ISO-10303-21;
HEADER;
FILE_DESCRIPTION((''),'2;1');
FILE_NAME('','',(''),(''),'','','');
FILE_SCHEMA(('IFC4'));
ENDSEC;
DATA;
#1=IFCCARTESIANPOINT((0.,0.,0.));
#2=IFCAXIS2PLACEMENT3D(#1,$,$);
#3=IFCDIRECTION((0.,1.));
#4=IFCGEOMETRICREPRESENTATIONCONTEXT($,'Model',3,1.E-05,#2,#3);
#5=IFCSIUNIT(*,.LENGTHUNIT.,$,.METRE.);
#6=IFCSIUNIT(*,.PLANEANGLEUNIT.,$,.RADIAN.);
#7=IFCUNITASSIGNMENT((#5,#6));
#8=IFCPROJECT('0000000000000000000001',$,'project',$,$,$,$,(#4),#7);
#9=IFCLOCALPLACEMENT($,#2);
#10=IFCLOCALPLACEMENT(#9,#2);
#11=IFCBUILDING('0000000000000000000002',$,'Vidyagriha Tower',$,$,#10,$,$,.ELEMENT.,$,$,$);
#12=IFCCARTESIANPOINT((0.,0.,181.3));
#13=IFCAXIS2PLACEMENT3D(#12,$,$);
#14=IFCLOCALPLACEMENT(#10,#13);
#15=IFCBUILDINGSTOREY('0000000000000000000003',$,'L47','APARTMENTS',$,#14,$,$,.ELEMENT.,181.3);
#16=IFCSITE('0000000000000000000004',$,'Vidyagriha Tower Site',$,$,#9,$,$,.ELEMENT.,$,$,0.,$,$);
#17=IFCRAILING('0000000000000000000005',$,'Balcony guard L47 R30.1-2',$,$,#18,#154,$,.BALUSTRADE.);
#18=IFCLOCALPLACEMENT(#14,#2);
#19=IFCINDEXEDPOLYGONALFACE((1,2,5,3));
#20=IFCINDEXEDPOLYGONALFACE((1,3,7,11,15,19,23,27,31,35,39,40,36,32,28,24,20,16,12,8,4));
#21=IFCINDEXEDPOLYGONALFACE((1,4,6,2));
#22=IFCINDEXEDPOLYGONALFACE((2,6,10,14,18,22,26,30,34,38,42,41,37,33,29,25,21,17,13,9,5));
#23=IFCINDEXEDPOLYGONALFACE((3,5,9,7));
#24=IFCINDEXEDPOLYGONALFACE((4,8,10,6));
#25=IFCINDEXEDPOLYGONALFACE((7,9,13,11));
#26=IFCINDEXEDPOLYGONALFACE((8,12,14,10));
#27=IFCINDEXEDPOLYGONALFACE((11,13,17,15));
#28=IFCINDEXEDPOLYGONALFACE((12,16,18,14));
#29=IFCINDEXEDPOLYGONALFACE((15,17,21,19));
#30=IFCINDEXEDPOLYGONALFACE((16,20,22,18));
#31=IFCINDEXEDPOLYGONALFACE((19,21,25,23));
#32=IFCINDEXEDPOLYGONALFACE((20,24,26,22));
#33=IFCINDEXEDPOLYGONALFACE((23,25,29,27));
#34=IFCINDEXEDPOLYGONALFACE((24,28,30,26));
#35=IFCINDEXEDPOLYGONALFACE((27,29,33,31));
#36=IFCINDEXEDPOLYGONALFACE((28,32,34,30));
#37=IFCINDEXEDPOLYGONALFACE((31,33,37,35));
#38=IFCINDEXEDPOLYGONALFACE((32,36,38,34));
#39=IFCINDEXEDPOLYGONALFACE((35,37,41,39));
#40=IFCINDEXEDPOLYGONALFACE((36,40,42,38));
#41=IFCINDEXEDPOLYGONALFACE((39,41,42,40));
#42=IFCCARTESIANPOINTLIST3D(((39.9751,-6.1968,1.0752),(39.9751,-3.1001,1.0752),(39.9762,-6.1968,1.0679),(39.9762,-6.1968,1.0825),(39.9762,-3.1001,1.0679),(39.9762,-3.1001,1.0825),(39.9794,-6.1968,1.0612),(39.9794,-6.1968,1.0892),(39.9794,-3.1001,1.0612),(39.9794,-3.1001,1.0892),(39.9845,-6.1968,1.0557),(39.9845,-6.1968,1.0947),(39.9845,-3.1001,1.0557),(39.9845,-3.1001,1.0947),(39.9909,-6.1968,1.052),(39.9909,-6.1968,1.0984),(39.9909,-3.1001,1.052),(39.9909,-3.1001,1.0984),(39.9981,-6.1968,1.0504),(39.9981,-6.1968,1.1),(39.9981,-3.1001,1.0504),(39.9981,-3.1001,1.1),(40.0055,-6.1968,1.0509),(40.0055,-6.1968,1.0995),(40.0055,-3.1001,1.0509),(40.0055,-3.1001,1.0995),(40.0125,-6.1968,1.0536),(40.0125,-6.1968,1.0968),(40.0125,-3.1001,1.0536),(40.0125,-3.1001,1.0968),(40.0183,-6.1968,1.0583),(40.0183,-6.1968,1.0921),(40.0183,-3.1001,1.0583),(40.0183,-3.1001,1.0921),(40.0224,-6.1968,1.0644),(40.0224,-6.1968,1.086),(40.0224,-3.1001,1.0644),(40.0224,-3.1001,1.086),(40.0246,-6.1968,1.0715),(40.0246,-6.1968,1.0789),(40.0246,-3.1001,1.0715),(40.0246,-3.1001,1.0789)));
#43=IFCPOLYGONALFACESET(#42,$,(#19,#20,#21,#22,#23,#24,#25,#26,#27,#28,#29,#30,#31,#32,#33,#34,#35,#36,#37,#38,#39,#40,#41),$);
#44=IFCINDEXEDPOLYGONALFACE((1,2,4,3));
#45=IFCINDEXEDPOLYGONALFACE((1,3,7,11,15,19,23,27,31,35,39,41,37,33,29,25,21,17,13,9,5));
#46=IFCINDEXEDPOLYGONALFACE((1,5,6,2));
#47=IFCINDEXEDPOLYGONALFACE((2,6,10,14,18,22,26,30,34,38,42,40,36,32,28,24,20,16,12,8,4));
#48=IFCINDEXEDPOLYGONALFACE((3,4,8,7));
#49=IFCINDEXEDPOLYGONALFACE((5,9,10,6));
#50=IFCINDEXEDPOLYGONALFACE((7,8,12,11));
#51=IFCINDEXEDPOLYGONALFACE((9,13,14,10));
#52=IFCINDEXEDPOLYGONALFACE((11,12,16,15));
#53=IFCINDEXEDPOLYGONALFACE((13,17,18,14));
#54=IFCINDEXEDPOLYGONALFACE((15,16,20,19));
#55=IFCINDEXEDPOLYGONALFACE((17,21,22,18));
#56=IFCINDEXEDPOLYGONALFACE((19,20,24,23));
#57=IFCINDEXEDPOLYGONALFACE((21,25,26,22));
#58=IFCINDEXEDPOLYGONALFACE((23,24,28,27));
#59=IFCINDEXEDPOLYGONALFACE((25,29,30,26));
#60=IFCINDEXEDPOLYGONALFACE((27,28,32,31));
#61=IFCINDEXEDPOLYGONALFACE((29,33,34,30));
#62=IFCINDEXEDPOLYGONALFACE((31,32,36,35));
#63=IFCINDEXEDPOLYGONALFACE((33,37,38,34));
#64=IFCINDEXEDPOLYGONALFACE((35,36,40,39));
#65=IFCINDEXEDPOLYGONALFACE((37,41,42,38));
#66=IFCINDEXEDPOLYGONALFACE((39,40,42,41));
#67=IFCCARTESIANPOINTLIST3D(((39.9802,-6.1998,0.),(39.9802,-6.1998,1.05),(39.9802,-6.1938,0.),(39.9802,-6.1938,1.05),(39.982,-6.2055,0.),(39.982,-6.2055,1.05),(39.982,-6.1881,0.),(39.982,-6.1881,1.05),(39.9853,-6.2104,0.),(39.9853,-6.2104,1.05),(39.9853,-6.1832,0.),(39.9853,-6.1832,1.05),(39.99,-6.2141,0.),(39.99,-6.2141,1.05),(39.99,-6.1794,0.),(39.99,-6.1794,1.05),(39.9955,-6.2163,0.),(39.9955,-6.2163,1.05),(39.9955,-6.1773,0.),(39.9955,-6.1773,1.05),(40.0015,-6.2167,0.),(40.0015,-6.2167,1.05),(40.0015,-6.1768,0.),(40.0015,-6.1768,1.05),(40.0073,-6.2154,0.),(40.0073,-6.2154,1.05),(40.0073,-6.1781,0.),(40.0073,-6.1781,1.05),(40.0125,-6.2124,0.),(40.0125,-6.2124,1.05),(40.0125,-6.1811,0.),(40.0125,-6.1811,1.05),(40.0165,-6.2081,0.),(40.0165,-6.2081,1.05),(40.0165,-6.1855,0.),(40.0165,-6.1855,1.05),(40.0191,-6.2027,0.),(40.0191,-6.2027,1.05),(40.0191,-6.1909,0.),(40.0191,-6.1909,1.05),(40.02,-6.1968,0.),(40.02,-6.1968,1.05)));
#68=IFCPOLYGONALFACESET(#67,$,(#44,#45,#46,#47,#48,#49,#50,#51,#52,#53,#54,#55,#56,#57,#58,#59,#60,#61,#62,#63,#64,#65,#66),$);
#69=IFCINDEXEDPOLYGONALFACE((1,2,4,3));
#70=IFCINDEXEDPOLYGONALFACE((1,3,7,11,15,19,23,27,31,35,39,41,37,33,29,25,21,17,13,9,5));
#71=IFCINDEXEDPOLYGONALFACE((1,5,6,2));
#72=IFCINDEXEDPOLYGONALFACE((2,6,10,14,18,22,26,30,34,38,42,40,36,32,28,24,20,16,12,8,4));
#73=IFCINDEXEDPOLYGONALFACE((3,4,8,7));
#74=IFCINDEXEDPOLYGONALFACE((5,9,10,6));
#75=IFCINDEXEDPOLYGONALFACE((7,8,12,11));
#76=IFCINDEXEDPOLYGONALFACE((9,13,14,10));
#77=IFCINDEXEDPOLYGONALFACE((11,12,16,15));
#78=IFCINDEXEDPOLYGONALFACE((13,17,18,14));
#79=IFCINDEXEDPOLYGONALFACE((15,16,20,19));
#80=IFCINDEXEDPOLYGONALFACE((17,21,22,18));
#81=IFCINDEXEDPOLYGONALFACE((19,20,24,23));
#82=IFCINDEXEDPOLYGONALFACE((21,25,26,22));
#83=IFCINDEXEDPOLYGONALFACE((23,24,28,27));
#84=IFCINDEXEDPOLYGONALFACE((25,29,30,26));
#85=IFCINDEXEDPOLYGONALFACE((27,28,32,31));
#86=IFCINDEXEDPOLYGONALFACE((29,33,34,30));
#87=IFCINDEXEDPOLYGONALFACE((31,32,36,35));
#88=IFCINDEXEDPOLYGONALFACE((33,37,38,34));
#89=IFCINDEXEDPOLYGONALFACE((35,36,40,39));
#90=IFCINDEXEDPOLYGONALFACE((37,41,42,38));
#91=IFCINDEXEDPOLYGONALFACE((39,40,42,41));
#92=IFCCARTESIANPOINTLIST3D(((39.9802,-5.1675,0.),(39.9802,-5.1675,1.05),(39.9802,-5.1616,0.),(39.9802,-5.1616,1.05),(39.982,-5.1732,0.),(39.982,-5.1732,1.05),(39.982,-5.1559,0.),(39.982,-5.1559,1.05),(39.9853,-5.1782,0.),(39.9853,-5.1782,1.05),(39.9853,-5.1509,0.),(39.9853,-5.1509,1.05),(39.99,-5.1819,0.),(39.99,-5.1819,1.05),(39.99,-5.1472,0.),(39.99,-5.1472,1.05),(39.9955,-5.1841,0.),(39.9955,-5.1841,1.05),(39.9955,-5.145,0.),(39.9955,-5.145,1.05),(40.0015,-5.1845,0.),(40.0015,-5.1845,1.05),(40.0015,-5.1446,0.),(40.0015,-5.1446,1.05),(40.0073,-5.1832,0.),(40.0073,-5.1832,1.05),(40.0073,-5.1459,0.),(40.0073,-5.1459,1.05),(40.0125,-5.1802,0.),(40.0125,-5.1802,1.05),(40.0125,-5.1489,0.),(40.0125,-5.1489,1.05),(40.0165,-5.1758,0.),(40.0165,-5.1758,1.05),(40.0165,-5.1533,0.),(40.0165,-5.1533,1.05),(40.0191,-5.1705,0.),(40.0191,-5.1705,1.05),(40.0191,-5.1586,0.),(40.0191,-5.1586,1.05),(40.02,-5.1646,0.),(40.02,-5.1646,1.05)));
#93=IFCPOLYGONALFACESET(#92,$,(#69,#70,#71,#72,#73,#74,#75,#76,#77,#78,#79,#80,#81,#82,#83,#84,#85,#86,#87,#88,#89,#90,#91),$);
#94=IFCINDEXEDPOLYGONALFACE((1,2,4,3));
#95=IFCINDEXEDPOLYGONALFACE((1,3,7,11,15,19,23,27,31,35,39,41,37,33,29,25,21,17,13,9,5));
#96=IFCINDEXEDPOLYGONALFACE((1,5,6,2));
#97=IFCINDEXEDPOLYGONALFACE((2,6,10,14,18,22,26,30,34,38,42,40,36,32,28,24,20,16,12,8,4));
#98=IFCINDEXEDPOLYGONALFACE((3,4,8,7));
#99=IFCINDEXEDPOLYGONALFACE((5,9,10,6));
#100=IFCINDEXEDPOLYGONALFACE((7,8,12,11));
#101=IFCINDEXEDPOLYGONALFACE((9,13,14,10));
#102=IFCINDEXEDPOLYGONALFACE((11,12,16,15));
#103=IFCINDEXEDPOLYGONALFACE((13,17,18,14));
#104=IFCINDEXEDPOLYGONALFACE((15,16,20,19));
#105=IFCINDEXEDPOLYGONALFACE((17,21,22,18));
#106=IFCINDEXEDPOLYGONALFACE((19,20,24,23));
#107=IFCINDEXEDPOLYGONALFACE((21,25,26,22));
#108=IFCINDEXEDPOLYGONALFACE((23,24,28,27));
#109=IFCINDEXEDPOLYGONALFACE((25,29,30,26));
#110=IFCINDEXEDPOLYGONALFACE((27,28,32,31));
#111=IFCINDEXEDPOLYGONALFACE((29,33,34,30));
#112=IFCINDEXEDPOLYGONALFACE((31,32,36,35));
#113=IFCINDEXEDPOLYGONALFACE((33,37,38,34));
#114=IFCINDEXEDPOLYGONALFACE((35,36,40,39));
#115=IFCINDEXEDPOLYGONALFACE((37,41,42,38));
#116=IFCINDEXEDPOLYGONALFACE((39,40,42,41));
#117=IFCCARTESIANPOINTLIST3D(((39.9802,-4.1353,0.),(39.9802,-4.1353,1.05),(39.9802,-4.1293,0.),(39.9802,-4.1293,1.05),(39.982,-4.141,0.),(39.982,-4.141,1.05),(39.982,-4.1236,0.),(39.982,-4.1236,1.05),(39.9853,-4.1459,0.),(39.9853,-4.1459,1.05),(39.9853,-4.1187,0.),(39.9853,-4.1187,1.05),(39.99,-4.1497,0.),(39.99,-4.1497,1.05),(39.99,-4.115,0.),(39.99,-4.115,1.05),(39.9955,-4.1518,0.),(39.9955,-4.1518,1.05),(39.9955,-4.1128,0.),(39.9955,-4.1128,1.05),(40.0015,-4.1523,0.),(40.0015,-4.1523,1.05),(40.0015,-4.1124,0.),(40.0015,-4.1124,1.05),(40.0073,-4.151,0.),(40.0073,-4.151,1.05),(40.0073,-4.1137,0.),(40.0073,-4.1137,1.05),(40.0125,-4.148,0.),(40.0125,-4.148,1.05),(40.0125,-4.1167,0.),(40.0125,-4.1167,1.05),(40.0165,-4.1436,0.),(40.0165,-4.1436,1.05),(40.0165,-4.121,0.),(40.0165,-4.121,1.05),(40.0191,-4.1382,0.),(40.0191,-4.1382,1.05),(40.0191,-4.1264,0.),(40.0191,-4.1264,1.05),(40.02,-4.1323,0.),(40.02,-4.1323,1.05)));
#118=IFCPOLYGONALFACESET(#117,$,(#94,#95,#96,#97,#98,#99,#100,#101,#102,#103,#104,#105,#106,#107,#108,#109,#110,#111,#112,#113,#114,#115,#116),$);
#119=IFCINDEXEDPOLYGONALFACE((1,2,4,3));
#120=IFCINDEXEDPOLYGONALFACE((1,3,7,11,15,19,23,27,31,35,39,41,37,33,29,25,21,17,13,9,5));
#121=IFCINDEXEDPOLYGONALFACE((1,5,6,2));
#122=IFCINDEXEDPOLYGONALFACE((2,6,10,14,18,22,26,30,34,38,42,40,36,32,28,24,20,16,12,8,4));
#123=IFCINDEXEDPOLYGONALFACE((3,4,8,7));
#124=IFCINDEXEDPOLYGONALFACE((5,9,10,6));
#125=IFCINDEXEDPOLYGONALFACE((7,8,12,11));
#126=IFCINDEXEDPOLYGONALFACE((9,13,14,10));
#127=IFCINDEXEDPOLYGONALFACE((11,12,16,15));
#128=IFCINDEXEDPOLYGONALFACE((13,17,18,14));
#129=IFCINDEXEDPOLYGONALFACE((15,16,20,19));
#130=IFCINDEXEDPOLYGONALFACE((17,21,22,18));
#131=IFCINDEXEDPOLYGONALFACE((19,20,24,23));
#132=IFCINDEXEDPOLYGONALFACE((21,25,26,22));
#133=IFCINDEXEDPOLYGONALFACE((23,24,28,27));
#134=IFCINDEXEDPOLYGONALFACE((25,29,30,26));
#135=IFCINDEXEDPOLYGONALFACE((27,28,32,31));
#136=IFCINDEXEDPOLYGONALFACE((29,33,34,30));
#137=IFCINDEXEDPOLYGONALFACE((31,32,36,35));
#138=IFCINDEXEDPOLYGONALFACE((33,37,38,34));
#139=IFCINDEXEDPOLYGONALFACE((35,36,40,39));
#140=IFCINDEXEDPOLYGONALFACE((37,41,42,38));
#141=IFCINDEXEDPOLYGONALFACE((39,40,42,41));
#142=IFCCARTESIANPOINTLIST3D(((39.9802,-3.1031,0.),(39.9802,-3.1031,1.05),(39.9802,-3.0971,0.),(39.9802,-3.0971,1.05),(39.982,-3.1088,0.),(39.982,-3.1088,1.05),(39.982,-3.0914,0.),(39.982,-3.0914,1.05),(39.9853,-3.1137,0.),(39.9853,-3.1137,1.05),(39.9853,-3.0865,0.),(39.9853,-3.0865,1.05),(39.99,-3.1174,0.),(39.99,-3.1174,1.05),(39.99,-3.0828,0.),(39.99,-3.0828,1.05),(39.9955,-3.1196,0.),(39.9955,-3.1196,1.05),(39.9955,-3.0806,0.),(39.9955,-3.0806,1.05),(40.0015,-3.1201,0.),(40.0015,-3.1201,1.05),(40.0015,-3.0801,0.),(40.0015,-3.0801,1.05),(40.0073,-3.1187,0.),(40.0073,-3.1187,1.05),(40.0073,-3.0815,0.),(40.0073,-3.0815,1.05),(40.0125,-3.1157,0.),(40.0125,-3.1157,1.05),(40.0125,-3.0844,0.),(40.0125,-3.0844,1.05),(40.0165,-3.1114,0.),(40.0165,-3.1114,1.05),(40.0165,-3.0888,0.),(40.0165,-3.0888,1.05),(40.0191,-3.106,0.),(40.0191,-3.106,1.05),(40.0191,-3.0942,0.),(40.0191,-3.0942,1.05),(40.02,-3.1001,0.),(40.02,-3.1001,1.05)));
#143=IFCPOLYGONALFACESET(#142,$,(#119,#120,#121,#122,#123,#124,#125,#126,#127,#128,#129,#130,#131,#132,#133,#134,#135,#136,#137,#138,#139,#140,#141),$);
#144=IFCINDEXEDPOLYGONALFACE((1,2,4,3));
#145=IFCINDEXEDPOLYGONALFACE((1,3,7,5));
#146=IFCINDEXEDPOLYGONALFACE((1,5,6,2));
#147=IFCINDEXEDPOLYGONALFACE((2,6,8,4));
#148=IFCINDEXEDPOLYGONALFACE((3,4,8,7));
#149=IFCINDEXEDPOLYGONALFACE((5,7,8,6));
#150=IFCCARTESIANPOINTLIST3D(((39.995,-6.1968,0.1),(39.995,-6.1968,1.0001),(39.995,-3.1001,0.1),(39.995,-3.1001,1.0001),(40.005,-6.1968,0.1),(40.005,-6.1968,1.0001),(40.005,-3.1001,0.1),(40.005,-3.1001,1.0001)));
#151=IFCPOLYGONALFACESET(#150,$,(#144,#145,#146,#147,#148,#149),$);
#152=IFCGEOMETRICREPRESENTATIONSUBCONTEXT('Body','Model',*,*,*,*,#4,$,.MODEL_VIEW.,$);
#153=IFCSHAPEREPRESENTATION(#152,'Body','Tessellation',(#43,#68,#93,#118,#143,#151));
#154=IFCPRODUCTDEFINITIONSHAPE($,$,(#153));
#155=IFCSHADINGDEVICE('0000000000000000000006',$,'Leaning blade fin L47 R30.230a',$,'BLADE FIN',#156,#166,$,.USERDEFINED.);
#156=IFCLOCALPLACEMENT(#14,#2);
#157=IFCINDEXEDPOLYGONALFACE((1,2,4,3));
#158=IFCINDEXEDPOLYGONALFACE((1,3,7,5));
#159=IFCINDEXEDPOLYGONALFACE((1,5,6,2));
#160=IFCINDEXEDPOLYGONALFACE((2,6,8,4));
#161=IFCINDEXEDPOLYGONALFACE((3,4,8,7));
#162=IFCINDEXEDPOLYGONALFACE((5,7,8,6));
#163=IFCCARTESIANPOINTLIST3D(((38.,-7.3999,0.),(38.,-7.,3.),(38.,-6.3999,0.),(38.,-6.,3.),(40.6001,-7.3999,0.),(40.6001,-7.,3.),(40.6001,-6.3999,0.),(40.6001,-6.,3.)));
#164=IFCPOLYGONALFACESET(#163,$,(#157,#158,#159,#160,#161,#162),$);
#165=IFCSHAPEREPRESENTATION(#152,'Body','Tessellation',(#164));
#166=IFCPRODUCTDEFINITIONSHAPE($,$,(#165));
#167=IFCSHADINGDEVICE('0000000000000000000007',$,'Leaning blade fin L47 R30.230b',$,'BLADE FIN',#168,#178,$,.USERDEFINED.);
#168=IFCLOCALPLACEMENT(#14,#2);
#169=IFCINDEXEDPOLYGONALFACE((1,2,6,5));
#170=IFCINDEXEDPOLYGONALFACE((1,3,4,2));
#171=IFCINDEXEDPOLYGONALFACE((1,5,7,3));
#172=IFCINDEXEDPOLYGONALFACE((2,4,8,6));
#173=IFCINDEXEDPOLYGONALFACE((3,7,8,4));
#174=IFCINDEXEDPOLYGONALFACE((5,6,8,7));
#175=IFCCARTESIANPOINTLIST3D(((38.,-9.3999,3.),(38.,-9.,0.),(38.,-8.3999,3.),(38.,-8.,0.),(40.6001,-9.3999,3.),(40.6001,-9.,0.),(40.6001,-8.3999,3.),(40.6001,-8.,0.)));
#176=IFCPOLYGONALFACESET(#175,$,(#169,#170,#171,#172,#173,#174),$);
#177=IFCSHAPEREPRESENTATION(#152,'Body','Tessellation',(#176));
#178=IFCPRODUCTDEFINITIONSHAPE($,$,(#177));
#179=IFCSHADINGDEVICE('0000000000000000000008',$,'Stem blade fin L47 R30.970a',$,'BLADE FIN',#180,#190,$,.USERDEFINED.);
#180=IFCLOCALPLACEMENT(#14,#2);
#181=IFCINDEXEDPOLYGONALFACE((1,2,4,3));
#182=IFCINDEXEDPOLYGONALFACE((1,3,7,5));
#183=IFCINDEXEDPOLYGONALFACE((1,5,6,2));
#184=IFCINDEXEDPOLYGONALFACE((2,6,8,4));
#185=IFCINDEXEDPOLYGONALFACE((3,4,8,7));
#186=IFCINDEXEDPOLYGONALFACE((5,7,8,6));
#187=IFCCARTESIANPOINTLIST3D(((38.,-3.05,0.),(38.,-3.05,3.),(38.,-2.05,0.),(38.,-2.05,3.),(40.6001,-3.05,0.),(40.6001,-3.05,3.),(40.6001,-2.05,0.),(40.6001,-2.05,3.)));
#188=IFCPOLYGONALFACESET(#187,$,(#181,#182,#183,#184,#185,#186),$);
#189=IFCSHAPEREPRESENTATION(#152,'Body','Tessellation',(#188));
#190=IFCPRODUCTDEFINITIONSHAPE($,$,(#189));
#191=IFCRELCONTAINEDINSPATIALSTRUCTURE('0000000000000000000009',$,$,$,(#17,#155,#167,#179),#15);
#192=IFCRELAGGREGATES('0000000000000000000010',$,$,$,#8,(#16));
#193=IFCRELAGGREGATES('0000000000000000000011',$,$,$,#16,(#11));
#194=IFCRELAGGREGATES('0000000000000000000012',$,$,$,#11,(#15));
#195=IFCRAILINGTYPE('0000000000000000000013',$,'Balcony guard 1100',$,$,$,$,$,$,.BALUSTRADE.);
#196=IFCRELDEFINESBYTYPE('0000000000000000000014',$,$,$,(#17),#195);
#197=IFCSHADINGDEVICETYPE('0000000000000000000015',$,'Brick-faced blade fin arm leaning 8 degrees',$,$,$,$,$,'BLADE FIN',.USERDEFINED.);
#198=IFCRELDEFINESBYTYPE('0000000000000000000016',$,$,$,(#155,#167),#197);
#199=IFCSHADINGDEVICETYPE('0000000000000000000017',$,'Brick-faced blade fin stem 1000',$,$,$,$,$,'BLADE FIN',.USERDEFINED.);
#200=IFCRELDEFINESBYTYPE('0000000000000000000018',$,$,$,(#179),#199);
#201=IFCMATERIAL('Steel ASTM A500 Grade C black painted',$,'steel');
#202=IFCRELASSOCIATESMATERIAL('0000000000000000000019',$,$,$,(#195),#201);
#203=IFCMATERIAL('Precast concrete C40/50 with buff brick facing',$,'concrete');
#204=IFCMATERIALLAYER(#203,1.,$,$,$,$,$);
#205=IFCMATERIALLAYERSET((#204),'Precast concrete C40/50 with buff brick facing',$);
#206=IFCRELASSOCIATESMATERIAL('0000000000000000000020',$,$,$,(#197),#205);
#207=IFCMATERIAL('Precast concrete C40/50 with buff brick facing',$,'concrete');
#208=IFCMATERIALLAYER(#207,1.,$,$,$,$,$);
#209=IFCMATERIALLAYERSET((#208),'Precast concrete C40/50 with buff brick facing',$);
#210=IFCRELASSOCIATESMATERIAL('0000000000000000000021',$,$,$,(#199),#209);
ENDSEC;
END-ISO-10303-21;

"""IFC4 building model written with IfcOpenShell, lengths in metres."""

from ifc_helpers import new_model, si_unit, direction, frame, origin, origin_2d, place, context, subcontext, project, spatial, polyline, rectangle, circle, outline, extrude, material, layer, layer_set, type_object, element, save


model = new_model("IFC4")

# Units and contexts
model_context = context("Model", 3, precision=1e-05, world=origin(), true_north=direction((0.0, 1.0)))
body_context = subcontext(model_context, "Body", "Model", "MODEL_VIEW")
ifc_project = project(units=[si_unit("LENGTHUNIT", "METRE"), si_unit("PLANEANGLEUNIT", "RADIAN")], contexts=[model_context])

# Site, building, storey
site_placement = place(None, origin())
site = spatial("IfcSite", under=ifc_project, at=site_placement, Name="Vidyagriha Tower Site", CompositionType="ELEMENT", RefElevation=0.0)
building_placement = place(site_placement, origin())
building = spatial("IfcBuilding", under=site, at=building_placement, Name="Vidyagriha Tower", CompositionType="ELEMENT")
storey_placement = place(building_placement, frame((0.0, 0.0, 181.3)))
storey = spatial("IfcBuildingStorey", under=building, at=storey_placement, Name="L47", Description="APARTMENTS", CompositionType="ELEMENT", Elevation=181.3)

# Railing
ifc_material_1 = material(Name="Steel ASTM A500 Grade C black painted", Category="steel")
railing_type = type_object("IfcRailingType", Name="Balcony guard 1100", PredefinedType="BALUSTRADE", material=ifc_material_1)
railing_1_placement = place(storey_placement, frame((40.0, -6.1968, 0.0)))
element("IfcRailing", 1, at=railing_1_placement, inside=storey, type_object=railing_type, Name="Balcony guard L47 R30.1-2", PredefinedType="BALUSTRADE", context=body_context, shape_type="SweptSolid", body=[
    extrude(circle(Radius=0.0249, at=origin_2d()), frame((0.0, 0.0, 1.0752), z_axis=(0.0, 1.0, 0.0), x_axis=(-1.0, 0.0, 0.0)), (0.0, 0.0, 1.0), 3.0967),
    extrude(circle(Radius=0.02, at=origin_2d()), origin(), (0.0, 0.0, 1.0), 1.05),
    extrude(circle(Radius=0.02, at=origin_2d()), frame((0.0, 1.0322, 0.0)), (0.0, 0.0, 1.0), 1.05),
    extrude(circle(Radius=0.02, at=origin_2d()), frame((0.0, 2.0645, 0.0)), (0.0, 0.0, 1.0), 1.05),
    extrude(circle(Radius=0.02, at=origin_2d()), frame((0.0, 3.0967, 0.0)), (0.0, 0.0, 1.0), 1.05),
    extrude(rectangle(XDim=0.01, YDim=0.9001, at=origin_2d()), frame((0.0, 0.0, 0.55), z_axis=(0.0, 1.0, 0.0), x_axis=(-1.0, 0.0, 0.0)), (0.0, 0.0, 1.0), 3.0967),
])

# Shading devices
ifc_material_2 = material(Name="Precast concrete C40/50 with buff brick facing", Category="concrete")
ifc_layer_1 = layer(ifc_material_2, 1.0)
ifc_layer_set_1 = layer_set([ifc_layer_1], Name="Precast concrete C40/50 with buff brick facing")
shading_device_type_1 = type_object("IfcShadingDeviceType", Name="Brick-faced blade fin arm leaning 8 degrees", ElementType="BLADE FIN", PredefinedType="USERDEFINED", material=ifc_layer_set_1)
shading_device_1_placement = place(storey_placement, frame((39.3, -7.3999, 0.0), z_axis=(0.0, 0.0, 1.0), x_axis=(0.0, 1.0, 0.0)))
element("IfcShadingDevice", 2, at=shading_device_1_placement, inside=storey, type_object=shading_device_type_1, Name="Leaning blade fin L47 R30.230a", ObjectType="BLADE FIN", PredefinedType="USERDEFINED", context=body_context, shape_type="SweptSolid", body=[
    extrude(outline(polyline([(0.0, 0.0), (1.0, 0.0), (1.3999, 3.0), (0.3999, 3.0), (0.0, 0.0)])), frame((0.0, 1.3, 0.0), z_axis=(0.0, -1.0, 0.0), x_axis=(1.0, 0.0, 0.0)), (0.0, 0.0, 1.0), 2.6001),
])
shading_device_2_placement = place(storey_placement, frame((39.3, -9.3999, 0.0), z_axis=(0.0, 0.0, 1.0), x_axis=(0.0, 1.0, 0.0)))
element("IfcShadingDevice", 3, at=shading_device_2_placement, inside=storey, type_object=shading_device_type_1, Name="Leaning blade fin L47 R30.230b", ObjectType="BLADE FIN", PredefinedType="USERDEFINED", context=body_context, shape_type="SweptSolid", body=[
    extrude(outline(polyline([(0.3999, 0.0), (1.3999, 0.0), (1.0, 3.0), (0.0, 3.0), (0.3999, 0.0)])), frame((0.0, 1.3, 0.0), z_axis=(0.0, -1.0, 0.0), x_axis=(1.0, 0.0, 0.0)), (0.0, 0.0, 1.0), 2.6001),
])
ifc_material_3 = material(Name="Precast concrete C40/50 with buff brick facing", Category="concrete")
ifc_layer_2 = layer(ifc_material_3, 1.0)
ifc_layer_set_2 = layer_set([ifc_layer_2], Name="Precast concrete C40/50 with buff brick facing")
shading_device_type_2 = type_object("IfcShadingDeviceType", Name="Brick-faced blade fin stem 1000", ElementType="BLADE FIN", PredefinedType="USERDEFINED", material=ifc_layer_set_2)
shading_device_3_placement = place(storey_placement, frame((39.3, -3.05, 0.0), z_axis=(0.0, 0.0, 1.0), x_axis=(0.0, 1.0, 0.0)))
element("IfcShadingDevice", 4, at=shading_device_3_placement, inside=storey, type_object=shading_device_type_2, Name="Stem blade fin L47 R30.970a", ObjectType="BLADE FIN", PredefinedType="USERDEFINED", context=body_context, shape_type="SweptSolid", body=[
    extrude(outline(polyline([(0.0, 0.0), (1.0, 0.0), (1.0, 3.0), (0.0, 3.0), (0.0, 0.0)])), frame((0.0, 1.3, 0.0), z_axis=(0.0, -1.0, 0.0), x_axis=(1.0, 0.0, 0.0)), (0.0, 0.0, 1.0), 2.6001),
])

save(model, "model.ifc")
